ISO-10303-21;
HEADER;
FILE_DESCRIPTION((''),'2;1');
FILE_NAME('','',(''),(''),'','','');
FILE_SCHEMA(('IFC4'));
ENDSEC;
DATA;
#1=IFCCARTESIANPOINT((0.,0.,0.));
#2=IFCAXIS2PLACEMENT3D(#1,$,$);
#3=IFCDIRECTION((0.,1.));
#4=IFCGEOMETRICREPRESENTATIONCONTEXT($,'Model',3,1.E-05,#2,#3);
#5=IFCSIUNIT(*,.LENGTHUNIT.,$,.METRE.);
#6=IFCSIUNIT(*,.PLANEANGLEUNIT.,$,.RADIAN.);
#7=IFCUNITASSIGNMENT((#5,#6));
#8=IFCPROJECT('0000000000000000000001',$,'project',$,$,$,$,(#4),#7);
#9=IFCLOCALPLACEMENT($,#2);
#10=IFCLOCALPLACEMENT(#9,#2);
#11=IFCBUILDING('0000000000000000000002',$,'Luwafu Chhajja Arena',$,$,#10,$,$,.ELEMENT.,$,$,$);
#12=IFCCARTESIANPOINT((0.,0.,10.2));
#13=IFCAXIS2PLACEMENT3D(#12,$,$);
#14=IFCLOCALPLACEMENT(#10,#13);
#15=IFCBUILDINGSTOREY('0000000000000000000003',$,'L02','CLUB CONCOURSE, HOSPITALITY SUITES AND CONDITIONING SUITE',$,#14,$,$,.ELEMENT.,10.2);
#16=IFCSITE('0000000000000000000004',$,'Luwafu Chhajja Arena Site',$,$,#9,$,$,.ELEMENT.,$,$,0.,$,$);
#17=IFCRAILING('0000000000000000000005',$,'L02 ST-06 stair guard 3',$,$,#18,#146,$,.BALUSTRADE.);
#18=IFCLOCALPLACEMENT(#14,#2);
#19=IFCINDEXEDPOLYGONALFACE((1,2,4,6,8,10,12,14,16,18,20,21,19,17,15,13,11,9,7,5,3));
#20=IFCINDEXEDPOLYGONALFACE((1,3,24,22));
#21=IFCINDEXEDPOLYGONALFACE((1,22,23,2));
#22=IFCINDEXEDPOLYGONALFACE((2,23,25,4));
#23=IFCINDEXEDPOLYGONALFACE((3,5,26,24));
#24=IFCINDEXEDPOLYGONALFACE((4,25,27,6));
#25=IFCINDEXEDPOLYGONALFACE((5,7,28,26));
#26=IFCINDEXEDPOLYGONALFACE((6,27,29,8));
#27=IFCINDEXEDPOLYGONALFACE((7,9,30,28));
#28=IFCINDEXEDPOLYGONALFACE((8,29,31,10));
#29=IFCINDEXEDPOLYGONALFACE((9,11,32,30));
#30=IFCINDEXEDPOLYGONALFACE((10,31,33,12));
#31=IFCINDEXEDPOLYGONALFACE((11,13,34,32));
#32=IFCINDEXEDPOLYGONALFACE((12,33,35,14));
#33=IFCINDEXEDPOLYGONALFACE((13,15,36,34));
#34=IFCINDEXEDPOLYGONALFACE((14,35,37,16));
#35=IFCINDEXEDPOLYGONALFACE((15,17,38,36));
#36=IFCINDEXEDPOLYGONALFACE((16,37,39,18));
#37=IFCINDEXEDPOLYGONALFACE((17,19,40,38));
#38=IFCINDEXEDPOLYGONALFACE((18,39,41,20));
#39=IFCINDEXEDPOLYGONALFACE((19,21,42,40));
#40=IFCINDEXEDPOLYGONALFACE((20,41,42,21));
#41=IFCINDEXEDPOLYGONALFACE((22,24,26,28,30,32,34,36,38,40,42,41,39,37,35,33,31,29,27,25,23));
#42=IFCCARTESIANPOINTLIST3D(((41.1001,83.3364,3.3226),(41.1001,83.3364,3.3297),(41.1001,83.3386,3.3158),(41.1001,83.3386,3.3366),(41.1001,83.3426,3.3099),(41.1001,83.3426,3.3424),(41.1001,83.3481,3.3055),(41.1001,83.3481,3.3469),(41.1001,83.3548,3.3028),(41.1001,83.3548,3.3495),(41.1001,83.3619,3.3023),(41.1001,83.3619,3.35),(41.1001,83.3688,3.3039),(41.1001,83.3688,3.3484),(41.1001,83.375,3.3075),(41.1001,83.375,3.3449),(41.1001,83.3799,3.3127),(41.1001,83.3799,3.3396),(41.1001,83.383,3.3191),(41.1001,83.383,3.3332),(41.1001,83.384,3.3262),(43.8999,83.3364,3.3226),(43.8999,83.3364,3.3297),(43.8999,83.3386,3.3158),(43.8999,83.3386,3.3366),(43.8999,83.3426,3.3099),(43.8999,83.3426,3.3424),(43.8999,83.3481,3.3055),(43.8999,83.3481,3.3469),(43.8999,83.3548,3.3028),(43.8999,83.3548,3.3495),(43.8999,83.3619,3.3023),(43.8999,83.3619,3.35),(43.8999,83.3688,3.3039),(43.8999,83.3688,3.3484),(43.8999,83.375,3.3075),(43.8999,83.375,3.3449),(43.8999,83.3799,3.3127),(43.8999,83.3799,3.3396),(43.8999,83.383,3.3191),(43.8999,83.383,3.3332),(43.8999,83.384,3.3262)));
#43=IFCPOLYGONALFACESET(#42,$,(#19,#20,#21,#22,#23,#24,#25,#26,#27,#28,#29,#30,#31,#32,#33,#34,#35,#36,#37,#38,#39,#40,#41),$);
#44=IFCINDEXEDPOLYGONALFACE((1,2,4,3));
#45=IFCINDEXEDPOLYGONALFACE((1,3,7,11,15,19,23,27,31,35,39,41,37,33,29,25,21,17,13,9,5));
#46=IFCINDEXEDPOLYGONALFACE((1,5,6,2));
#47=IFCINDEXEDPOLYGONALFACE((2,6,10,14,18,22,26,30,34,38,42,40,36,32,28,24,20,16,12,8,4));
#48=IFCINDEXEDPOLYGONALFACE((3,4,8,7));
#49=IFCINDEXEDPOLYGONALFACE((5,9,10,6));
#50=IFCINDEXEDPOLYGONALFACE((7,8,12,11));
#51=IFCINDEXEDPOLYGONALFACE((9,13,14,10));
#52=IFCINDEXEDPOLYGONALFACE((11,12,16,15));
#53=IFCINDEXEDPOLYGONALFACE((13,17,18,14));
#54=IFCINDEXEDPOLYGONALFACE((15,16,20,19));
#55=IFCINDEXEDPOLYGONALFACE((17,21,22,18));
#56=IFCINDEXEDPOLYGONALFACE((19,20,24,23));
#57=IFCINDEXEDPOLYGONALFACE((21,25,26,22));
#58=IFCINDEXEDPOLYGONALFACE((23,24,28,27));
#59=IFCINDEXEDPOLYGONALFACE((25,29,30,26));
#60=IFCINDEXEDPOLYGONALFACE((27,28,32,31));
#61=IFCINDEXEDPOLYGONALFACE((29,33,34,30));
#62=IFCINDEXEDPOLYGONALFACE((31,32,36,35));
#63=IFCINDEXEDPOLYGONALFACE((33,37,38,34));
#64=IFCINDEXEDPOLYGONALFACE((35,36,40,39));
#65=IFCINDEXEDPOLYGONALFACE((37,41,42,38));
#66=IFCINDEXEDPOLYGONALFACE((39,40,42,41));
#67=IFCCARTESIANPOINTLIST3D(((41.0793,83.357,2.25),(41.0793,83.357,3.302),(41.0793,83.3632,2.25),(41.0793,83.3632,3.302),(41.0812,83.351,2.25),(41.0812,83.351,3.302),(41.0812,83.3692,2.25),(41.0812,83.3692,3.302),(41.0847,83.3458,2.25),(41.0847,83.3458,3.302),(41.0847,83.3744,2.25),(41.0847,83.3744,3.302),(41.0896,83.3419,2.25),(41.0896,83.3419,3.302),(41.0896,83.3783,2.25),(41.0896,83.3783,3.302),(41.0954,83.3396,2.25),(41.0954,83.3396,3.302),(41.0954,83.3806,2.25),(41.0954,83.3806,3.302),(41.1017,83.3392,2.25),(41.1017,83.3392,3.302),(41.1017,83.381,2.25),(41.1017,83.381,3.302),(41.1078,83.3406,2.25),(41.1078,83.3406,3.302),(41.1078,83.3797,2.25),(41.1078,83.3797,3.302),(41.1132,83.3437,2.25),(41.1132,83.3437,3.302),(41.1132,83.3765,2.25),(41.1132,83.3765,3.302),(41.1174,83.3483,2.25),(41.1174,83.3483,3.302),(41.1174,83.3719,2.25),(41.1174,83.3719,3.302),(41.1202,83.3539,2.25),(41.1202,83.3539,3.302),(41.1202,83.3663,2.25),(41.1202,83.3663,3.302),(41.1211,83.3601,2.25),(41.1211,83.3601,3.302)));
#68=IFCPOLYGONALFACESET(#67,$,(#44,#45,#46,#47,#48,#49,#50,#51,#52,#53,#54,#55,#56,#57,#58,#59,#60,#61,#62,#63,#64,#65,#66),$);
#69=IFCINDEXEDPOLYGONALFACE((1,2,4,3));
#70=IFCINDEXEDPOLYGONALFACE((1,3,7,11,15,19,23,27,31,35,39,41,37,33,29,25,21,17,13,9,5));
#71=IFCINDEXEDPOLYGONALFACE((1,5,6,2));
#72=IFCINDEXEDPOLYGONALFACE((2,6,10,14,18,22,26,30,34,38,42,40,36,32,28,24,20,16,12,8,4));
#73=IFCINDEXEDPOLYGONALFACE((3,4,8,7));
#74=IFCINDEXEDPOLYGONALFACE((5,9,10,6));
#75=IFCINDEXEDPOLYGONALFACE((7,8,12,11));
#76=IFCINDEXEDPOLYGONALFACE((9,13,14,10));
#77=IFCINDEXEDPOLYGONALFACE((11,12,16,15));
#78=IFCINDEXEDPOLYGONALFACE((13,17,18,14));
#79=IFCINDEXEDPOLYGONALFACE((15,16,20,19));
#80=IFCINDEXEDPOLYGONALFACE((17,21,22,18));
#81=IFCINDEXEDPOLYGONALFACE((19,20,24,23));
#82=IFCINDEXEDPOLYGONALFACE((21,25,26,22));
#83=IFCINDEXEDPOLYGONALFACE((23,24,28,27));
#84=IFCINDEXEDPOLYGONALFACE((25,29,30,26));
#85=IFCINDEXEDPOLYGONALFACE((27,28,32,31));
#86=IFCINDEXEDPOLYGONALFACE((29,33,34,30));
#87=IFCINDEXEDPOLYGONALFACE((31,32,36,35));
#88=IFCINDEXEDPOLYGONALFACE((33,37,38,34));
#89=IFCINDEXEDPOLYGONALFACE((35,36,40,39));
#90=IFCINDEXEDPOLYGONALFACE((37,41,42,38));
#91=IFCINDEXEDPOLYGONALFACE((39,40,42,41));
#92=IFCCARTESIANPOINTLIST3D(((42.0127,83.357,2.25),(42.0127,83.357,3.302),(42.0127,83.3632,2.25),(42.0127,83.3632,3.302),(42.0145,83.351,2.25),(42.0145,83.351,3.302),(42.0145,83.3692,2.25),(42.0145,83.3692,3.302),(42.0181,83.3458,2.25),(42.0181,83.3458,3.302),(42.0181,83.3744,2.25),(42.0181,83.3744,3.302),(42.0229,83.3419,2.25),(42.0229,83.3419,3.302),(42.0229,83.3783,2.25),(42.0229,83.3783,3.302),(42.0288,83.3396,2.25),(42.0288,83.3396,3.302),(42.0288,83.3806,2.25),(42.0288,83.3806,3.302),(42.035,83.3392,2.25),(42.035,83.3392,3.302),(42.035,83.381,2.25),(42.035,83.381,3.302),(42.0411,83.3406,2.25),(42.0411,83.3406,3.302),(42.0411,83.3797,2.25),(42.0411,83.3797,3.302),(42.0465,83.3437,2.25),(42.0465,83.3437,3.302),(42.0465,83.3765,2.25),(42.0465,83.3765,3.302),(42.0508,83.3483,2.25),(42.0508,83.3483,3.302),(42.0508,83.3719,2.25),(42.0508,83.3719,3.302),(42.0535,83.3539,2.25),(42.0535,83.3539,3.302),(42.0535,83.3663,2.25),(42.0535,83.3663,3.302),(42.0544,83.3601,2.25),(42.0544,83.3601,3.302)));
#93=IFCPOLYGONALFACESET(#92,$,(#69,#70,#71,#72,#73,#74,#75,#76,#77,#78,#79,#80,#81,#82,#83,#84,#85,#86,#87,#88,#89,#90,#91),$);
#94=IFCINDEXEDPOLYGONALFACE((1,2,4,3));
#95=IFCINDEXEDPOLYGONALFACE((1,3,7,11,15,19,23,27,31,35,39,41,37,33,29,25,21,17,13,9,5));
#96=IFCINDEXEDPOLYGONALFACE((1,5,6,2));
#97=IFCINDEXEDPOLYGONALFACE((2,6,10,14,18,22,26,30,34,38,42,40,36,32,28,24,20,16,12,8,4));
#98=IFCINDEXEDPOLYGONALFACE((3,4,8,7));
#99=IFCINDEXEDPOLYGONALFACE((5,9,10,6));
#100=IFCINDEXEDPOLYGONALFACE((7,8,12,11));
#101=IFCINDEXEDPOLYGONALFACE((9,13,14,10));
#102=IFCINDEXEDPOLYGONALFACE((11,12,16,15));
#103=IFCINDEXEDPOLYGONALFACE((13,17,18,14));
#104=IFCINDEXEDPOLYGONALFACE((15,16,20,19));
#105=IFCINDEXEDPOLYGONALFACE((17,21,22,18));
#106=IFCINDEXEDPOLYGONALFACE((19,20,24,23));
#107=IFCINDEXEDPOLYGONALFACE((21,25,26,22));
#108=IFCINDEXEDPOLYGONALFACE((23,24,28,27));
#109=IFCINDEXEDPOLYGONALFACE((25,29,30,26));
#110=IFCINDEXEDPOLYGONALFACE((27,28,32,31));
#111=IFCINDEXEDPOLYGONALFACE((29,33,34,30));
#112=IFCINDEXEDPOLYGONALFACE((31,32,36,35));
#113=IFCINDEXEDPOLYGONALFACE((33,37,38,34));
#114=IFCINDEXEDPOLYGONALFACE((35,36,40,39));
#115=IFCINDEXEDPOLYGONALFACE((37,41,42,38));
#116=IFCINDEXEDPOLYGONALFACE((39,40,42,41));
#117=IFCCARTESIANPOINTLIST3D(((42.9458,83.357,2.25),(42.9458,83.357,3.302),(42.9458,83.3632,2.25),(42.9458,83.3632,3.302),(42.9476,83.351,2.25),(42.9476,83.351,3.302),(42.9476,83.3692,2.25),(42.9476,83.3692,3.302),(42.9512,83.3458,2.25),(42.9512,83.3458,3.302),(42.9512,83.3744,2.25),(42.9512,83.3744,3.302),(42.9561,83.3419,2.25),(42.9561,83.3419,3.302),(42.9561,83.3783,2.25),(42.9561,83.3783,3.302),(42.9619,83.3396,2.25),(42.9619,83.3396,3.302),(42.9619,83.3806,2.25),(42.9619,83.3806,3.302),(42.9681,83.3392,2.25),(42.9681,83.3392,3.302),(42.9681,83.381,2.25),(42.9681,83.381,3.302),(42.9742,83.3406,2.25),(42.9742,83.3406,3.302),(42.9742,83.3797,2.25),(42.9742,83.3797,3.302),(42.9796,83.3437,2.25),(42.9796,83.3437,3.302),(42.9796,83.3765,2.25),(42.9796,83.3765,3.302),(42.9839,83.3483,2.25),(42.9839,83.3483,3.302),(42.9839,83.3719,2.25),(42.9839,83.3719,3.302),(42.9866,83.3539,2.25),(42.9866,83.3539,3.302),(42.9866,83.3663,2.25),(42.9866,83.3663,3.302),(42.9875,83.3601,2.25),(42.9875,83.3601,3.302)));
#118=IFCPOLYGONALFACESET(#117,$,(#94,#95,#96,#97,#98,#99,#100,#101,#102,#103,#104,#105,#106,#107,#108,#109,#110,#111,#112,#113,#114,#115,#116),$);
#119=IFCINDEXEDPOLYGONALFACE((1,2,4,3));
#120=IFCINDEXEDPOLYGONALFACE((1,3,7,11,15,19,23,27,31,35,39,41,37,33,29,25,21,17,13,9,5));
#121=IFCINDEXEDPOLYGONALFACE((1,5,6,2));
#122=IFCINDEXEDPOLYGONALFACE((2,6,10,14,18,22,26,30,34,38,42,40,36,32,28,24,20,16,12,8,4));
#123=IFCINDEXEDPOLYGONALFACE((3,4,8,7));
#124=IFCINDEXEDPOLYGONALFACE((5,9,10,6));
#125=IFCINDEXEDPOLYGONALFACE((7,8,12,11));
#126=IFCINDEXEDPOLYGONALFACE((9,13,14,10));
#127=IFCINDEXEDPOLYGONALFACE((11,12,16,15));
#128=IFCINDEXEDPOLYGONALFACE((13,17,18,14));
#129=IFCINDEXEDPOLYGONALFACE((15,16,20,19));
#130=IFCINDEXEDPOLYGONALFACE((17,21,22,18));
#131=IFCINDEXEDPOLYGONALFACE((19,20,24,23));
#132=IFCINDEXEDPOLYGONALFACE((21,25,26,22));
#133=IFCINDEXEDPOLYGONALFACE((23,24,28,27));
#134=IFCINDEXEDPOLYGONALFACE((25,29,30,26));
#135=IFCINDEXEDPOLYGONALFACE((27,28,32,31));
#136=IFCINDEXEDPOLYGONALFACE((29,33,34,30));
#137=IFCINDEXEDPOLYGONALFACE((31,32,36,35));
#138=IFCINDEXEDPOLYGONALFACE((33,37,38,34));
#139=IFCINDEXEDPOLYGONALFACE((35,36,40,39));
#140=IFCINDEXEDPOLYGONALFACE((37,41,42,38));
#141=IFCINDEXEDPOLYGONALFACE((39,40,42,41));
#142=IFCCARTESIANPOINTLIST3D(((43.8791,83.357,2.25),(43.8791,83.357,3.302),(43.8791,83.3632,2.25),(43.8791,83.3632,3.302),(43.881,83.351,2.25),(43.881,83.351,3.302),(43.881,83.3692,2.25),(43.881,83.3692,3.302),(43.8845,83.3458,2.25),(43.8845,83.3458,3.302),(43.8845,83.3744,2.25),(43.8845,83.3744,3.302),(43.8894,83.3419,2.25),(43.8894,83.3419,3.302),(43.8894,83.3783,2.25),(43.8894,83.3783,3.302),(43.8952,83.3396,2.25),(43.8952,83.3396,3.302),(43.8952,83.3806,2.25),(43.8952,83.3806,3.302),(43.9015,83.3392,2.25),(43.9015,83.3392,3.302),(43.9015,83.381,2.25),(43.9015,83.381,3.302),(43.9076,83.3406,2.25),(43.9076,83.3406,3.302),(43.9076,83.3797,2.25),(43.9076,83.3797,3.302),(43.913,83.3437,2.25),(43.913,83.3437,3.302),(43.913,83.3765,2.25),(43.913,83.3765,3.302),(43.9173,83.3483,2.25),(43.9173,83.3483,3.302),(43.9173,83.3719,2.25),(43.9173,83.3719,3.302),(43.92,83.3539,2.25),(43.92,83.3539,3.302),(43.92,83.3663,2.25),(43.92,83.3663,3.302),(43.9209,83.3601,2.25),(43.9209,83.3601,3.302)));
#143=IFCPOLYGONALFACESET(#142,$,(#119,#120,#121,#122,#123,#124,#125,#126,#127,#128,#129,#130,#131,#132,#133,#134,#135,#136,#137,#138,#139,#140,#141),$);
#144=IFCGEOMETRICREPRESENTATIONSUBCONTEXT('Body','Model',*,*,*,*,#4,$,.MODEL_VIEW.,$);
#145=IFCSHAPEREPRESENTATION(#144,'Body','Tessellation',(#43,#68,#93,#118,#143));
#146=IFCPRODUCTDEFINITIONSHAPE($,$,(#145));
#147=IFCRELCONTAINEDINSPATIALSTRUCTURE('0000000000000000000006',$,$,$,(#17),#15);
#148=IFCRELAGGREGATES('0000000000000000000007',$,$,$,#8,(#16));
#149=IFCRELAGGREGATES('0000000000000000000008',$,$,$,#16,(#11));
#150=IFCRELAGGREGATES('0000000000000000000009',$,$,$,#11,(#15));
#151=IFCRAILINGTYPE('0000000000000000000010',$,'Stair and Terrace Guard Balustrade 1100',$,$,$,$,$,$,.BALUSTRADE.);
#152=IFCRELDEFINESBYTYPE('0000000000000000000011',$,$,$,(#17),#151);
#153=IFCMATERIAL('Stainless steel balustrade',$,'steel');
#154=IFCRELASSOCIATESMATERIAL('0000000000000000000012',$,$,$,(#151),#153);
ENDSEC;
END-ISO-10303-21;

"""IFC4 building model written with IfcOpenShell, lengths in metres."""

from ifc_helpers import new_model, si_unit, direction, frame, origin, origin_2d, place, context, subcontext, project, spatial, circle, extrude, material, type_object, element, save


model = new_model("IFC4")

# Units and contexts
model_context = context("Model", 3, precision=1e-05, world=origin(), true_north=direction((0.0, 1.0)))
body_context = subcontext(model_context, "Body", "Model", "MODEL_VIEW")
ifc_project = project(units=[si_unit("LENGTHUNIT", "METRE"), si_unit("PLANEANGLEUNIT", "RADIAN")], contexts=[model_context])

# Site, building, storey
site_placement = place(None, origin())
site = spatial("IfcSite", under=ifc_project, at=site_placement, Name="Luwafu Chhajja Arena Site", CompositionType="ELEMENT", RefElevation=0.0)
building_placement = place(site_placement, origin())
building = spatial("IfcBuilding", under=site, at=building_placement, Name="Luwafu Chhajja Arena", CompositionType="ELEMENT")
storey_placement = place(building_placement, frame((0.0, 0.0, 10.2)))
storey = spatial("IfcBuildingStorey", under=building, at=storey_placement, Name="L02", Description="CLUB CONCOURSE, HOSPITALITY SUITES AND CONDITIONING SUITE", CompositionType="ELEMENT", Elevation=10.2)

# Railing
ifc_material_1 = material(Name="Stainless steel balustrade", Category="steel")
railing_type_1 = type_object("IfcRailingType", Name="Stair and Terrace Guard Balustrade 1100", PredefinedType="BALUSTRADE", material=ifc_material_1)
railing_1_placement = place(storey_placement, frame((41.1001, 83.3601, 2.25)))
element("IfcRailing", 1, at=railing_1_placement, inside=storey, type_object=railing_type_1, Name="L02 ST-06 stair guard 3", PredefinedType="BALUSTRADE", context=body_context, shape_type="SweptSolid", body=[
    extrude(circle(Radius=0.0239, at=origin_2d()), frame((0.0, 0.0, 1.0762), z_axis=(1.0, 0.0, 0.0), x_axis=(0.0, 1.0, 0.0)), (0.0, 0.0, 1.0), 2.7998),
    extrude(circle(Radius=0.021, at=origin_2d()), origin(), (0.0, 0.0, 1.0), 1.052),
    extrude(circle(Radius=0.021, at=origin_2d()), frame((0.9333, 0.0, 0.0)), (0.0, 0.0, 1.0), 1.052),
    extrude(circle(Radius=0.021, at=origin_2d()), frame((1.8665, 0.0, 0.0)), (0.0, 0.0, 1.0), 1.052),
    extrude(circle(Radius=0.021, at=origin_2d()), frame((2.7998, 0.0, 0.0)), (0.0, 0.0, 1.0), 1.052),
])

save(model, "model.ifc")
